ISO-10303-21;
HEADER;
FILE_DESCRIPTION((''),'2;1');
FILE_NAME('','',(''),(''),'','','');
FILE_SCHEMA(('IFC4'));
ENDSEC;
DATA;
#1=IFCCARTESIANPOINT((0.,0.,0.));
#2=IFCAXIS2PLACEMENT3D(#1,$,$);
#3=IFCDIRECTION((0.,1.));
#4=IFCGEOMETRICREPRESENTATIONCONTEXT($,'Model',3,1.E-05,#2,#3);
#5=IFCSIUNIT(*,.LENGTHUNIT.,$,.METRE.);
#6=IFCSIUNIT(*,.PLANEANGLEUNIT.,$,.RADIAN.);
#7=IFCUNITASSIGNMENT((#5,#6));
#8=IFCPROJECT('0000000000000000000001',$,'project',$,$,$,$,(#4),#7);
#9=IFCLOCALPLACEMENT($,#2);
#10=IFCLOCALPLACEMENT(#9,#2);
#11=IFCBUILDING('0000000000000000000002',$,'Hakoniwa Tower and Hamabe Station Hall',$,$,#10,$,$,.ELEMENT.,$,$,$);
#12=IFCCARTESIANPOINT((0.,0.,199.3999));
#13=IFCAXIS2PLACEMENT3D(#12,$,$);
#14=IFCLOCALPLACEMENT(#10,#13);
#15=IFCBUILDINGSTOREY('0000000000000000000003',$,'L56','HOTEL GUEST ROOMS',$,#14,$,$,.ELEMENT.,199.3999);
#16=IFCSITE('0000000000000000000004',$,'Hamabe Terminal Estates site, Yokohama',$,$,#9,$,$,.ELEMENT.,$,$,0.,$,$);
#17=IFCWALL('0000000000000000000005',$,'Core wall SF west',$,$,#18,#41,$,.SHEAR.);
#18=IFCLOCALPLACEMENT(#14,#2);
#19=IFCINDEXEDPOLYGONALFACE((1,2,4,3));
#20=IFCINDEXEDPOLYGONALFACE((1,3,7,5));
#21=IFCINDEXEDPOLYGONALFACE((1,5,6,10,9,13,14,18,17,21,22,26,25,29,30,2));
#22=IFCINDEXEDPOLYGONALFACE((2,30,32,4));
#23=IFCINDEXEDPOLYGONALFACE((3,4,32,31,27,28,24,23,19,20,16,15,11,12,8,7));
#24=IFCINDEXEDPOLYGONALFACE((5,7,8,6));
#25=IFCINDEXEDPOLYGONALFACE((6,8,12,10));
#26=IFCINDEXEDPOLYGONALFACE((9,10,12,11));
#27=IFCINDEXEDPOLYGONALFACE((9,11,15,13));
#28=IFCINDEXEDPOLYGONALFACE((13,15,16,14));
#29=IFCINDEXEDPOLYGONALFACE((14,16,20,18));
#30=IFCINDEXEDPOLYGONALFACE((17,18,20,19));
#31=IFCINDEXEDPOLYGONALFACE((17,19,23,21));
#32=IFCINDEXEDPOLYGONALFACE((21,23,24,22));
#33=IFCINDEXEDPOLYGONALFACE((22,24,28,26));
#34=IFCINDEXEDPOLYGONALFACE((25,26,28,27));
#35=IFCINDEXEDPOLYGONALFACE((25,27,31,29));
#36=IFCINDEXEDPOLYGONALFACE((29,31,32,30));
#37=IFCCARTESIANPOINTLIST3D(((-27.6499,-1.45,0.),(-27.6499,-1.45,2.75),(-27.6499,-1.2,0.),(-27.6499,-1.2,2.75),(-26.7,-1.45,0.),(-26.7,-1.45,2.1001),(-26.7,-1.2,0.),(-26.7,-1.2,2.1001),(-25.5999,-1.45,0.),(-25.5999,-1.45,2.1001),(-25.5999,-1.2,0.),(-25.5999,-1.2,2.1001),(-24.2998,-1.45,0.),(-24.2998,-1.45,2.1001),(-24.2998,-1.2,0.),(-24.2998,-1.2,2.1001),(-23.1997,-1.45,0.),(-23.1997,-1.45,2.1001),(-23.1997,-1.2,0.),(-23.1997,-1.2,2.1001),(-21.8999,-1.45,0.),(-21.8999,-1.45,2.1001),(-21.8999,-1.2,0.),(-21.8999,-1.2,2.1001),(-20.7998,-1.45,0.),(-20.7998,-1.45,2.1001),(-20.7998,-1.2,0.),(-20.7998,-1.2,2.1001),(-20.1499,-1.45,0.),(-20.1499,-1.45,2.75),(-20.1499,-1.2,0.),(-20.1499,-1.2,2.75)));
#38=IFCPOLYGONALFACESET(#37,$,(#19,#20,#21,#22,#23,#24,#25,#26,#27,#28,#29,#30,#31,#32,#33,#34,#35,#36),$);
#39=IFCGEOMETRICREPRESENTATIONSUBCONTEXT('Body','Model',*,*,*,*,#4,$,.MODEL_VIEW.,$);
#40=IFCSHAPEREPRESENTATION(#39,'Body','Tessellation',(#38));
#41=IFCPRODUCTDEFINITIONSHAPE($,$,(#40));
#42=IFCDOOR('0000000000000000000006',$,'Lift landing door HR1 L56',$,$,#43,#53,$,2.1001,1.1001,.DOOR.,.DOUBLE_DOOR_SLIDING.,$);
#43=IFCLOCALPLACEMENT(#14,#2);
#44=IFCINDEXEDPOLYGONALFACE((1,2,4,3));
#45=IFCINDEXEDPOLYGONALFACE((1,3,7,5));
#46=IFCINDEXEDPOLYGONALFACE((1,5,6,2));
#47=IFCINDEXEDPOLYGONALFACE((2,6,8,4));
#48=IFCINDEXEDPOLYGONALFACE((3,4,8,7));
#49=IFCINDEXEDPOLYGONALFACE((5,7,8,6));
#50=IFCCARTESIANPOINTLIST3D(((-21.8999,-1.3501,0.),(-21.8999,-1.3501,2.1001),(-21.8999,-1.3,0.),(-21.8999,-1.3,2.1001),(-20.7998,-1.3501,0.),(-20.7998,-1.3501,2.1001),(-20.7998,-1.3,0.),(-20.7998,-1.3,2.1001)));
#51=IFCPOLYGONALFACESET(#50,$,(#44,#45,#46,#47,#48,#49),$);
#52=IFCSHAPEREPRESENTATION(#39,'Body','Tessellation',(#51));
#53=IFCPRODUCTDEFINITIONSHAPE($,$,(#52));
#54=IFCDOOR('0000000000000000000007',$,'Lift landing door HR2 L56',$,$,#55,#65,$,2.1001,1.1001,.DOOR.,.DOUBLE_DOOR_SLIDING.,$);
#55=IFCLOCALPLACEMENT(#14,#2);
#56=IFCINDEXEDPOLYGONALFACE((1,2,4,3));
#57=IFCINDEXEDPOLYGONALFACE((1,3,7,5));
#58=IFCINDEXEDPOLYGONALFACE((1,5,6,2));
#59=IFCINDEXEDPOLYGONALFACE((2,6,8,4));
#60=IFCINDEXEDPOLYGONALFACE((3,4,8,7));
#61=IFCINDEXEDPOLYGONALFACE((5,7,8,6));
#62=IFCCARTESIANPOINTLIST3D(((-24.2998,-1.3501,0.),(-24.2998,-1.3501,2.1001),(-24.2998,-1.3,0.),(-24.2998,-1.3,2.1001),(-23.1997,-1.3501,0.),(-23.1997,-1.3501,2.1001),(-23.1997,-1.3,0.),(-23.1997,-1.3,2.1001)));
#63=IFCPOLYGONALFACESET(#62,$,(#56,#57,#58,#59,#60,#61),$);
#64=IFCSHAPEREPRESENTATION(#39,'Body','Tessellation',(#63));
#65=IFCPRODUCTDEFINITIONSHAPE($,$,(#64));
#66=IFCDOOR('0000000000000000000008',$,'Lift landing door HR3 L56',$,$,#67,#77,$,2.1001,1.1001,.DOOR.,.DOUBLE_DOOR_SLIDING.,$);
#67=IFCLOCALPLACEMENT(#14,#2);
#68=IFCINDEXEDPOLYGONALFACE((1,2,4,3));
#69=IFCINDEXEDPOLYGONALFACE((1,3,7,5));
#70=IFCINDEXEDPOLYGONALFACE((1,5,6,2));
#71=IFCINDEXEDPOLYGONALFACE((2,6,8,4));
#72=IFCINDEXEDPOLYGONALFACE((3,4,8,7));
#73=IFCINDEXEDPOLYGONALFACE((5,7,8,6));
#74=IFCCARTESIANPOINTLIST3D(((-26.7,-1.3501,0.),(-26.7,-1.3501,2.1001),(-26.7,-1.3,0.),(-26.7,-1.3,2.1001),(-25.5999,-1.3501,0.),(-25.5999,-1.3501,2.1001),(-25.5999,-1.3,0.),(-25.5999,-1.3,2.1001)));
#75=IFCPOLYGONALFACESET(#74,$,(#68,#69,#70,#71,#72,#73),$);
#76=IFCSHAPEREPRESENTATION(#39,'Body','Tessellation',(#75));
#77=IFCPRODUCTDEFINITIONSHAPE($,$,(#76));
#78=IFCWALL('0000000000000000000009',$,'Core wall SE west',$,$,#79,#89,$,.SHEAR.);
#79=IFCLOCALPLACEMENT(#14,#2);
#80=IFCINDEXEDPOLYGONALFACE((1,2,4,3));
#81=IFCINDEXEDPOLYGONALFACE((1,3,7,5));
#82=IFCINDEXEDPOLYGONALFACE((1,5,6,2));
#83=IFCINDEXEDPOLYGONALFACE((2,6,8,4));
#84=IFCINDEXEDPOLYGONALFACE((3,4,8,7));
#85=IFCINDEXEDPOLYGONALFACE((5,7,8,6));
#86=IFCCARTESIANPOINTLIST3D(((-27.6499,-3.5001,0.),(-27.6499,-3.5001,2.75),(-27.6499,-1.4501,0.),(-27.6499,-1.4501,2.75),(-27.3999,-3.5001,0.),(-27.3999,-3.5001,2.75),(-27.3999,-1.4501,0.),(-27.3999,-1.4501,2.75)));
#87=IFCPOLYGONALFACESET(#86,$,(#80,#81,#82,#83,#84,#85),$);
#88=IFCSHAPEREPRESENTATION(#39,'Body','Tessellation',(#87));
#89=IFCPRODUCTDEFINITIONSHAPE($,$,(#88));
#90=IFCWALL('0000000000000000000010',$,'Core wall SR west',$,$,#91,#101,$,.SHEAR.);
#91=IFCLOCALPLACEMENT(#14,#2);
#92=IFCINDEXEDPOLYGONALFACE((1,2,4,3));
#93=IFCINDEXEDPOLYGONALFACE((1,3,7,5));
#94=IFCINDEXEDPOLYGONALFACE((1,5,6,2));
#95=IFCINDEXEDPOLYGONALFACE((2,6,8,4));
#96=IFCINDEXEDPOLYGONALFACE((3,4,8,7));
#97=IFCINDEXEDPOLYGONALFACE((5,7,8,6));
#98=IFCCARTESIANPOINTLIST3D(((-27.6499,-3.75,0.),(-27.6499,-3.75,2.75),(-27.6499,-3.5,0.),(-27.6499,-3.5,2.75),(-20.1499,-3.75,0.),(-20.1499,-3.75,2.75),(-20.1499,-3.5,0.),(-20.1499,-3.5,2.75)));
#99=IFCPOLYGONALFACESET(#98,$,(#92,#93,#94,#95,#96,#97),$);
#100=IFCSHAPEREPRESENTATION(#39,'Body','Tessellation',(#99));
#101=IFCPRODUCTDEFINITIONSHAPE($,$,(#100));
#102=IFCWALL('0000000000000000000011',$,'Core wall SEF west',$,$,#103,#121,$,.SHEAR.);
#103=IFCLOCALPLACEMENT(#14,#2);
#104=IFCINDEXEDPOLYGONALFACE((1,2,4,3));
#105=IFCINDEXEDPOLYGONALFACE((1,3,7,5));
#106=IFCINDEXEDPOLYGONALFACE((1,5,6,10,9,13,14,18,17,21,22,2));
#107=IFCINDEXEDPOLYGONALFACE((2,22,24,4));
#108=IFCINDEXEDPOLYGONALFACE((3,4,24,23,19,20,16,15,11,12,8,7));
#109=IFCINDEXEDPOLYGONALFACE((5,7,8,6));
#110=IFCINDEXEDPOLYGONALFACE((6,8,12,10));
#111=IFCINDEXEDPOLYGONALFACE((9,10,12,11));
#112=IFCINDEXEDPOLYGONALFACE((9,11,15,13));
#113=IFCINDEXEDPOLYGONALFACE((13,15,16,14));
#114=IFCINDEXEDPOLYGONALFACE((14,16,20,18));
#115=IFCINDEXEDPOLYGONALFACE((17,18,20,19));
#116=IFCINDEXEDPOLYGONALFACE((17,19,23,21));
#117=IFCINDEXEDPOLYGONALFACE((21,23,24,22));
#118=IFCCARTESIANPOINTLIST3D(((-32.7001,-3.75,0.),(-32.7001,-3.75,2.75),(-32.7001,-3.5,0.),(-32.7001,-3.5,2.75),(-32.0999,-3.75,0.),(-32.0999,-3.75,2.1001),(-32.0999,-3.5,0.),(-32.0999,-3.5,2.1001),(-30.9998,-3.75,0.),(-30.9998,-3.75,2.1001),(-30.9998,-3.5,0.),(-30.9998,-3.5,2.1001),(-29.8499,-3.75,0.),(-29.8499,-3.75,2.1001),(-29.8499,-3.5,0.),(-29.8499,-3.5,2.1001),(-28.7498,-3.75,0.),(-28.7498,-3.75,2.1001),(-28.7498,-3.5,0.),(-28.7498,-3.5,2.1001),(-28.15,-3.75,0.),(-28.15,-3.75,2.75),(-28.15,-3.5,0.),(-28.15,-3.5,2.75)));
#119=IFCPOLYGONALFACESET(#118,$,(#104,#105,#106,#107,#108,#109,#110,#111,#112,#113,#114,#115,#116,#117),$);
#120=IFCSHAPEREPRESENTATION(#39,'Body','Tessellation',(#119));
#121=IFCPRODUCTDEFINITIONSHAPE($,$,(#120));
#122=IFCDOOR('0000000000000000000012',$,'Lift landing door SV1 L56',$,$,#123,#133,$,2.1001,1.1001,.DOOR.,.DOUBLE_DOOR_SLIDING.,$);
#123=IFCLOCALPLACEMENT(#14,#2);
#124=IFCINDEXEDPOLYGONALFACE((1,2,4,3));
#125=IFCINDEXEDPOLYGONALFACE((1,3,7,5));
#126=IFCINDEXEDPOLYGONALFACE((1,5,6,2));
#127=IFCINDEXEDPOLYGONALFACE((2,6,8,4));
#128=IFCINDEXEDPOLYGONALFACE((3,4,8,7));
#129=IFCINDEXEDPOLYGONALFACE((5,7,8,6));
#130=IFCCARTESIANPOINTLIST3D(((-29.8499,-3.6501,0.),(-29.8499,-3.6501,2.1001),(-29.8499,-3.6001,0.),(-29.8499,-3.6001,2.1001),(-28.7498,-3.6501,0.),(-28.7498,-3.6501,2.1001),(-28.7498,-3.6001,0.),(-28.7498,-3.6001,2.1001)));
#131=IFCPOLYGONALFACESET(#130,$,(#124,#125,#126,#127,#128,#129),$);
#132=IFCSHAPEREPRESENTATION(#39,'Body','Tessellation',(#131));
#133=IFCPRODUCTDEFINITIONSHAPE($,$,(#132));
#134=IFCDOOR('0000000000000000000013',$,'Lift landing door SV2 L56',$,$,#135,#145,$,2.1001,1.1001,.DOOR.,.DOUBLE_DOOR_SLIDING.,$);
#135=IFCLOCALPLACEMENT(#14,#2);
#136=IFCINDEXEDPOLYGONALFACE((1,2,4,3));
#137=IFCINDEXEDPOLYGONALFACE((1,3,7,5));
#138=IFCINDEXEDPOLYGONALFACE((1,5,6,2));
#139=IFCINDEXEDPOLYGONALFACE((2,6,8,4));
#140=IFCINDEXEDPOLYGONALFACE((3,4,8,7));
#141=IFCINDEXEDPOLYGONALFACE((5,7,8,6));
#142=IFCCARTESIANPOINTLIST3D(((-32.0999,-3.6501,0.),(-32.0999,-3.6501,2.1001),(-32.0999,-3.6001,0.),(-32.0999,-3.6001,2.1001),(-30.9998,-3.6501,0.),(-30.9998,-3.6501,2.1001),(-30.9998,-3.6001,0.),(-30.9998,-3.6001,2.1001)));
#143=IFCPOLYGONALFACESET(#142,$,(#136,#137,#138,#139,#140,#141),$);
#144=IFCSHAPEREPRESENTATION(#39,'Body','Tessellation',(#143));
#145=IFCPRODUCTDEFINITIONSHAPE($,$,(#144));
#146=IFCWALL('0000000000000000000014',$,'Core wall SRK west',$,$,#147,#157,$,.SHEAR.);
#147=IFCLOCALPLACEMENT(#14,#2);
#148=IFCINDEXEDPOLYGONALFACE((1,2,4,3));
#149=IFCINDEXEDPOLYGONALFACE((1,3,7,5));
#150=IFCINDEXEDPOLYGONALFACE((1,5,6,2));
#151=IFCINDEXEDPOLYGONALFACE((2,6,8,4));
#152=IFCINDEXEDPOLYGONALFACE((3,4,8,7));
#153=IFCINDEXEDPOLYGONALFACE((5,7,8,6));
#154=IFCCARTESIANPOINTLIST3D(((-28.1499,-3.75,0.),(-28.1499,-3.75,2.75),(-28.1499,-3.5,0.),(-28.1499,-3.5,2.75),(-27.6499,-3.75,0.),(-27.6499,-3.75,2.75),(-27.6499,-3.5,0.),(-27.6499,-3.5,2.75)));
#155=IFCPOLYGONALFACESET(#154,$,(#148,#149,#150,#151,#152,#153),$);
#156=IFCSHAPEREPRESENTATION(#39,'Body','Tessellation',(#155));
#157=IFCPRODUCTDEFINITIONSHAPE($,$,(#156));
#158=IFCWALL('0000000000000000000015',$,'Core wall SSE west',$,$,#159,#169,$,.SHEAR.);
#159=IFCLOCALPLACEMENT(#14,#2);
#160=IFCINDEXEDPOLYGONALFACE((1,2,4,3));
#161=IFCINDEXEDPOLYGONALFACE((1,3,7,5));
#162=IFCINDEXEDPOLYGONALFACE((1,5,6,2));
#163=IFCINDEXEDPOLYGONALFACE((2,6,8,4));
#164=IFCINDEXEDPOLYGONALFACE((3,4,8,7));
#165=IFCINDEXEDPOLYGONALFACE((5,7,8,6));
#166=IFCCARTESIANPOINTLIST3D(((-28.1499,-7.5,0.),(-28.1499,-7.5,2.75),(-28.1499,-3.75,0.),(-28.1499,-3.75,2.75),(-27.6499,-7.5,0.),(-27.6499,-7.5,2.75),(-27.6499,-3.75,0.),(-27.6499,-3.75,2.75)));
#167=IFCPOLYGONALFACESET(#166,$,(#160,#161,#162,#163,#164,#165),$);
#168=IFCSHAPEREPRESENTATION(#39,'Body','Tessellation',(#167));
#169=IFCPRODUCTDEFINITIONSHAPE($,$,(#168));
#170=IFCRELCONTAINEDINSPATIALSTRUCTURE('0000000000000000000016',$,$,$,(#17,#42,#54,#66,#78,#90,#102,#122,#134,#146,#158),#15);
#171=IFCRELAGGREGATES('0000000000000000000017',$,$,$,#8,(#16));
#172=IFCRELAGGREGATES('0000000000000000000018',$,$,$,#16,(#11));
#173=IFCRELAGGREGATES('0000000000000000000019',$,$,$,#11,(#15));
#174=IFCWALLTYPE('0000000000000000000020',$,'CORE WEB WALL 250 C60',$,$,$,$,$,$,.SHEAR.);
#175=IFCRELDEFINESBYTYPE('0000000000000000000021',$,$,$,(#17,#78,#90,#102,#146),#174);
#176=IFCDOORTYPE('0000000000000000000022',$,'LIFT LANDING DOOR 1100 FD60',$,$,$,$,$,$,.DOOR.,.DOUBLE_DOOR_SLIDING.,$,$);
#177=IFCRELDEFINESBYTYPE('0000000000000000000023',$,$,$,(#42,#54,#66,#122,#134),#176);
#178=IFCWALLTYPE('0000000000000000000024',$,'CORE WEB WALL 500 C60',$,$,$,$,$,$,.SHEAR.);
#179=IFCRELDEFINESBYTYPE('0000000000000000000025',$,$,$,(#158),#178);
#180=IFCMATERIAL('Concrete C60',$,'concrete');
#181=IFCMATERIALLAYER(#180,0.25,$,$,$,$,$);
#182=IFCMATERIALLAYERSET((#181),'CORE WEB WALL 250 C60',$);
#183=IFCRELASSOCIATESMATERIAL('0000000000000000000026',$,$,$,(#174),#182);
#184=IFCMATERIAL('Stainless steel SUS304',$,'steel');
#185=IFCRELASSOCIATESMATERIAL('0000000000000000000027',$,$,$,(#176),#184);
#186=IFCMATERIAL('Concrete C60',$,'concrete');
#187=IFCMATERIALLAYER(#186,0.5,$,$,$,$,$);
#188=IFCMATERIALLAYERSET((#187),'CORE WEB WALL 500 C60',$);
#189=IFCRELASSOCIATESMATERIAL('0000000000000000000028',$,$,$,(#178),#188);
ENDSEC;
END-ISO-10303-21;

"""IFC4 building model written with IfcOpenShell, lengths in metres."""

from ifc_helpers import new_model, si_unit, direction, frame, frame_2d, origin, place, context, subcontext, project, spatial, rectangle, extrude, material, layer, layer_set, type_object, element, fill, save


model = new_model("IFC4")

# Units and contexts
model_context = context("Model", 3, precision=1e-05, world=origin(), true_north=direction((0.0, 1.0)))
body_context = subcontext(model_context, "Body", "Model", "MODEL_VIEW")
ifc_project = project(units=[si_unit("LENGTHUNIT", "METRE"), si_unit("PLANEANGLEUNIT", "RADIAN")], contexts=[model_context])

# Site, building, storey
site_placement = place(None, origin())
site = spatial("IfcSite", under=ifc_project, at=site_placement, Name="Hamabe Terminal Estates site, Yokohama", CompositionType="ELEMENT", RefElevation=0.0)
building_placement = place(site_placement, origin())
building = spatial("IfcBuilding", under=site, at=building_placement, Name="Hakoniwa Tower and Hamabe Station Hall", CompositionType="ELEMENT")
storey_placement = place(building_placement, frame((0.0, 0.0, 199.3999)))
storey = spatial("IfcBuildingStorey", under=building, at=storey_placement, Name="L56", Description="HOTEL GUEST ROOMS", CompositionType="ELEMENT", Elevation=199.3999)

# Wall, openings, doors
ifc_material_1 = material(Name="Concrete C60", Category="concrete")
ifc_layer_1 = layer(ifc_material_1, 0.25)
ifc_layer_set_1 = layer_set([ifc_layer_1], Name="CORE WEB WALL 250 C60")
wall_type_1 = type_object("IfcWallType", Name="CORE WEB WALL 250 C60", PredefinedType="SHEAR", material=ifc_layer_set_1)
wall_1_placement = place(storey_placement, frame((-27.6499, -1.325, 0.0), z_axis=(0.0, 0.0, 1.0), x_axis=(1.0, 0.0, 0.0)))
wall_1 = element("IfcWall", 1, at=wall_1_placement, inside=storey, type_object=wall_type_1, Name="Core wall SF west", PredefinedType="SHEAR", context=body_context, shape_type="SweptSolid", body=[
    extrude(rectangle(XDim=7.5, YDim=0.25, at=frame_2d((3.75, 0.0))), origin(), (0.0, 0.0, 1.0), 2.75),
])
opening_1_placement = place(wall_1_placement, frame((5.75, 0.0, 0.0)))
opening_1 = element("IfcOpeningElement", 2, at=opening_1_placement, cuts=wall_1, PredefinedType="OPENING", context=body_context, shape_type="SweptSolid", body=[
    extrude(rectangle(XDim=1.1001, YDim=2.1001, at=frame_2d((0.55, 1.05))), frame((0.0, 0.135, 0.0), z_axis=(0.0, -1.0, 0.0), x_axis=(1.0, 0.0, 0.0)), (0.0, 0.0, 1.0), 0.27),
])
opening_2_placement = place(wall_1_placement, frame((3.3501, 0.0, 0.0)))
opening_2 = element("IfcOpeningElement", 3, at=opening_2_placement, cuts=wall_1, PredefinedType="OPENING", context=body_context, shape_type="SweptSolid", body=[
    extrude(rectangle(XDim=1.1001, YDim=2.1001, at=frame_2d((0.55, 1.05))), frame((0.0, 0.135, 0.0), z_axis=(0.0, -1.0, 0.0), x_axis=(1.0, 0.0, 0.0)), (0.0, 0.0, 1.0), 0.27),
])
opening_3_placement = place(wall_1_placement, frame((0.95, 0.0, 0.0)))
opening_3 = element("IfcOpeningElement", 4, at=opening_3_placement, cuts=wall_1, PredefinedType="OPENING", context=body_context, shape_type="SweptSolid", body=[
    extrude(rectangle(XDim=1.1001, YDim=2.1001, at=frame_2d((0.55, 1.05))), frame((0.0, 0.135, 0.0), z_axis=(0.0, -1.0, 0.0), x_axis=(1.0, 0.0, 0.0)), (0.0, 0.0, 1.0), 0.27),
])
ifc_material_2 = material(Name="Stainless steel SUS304", Category="steel")
door_type_1 = type_object("IfcDoorType", Name="LIFT LANDING DOOR 1100 FD60", OperationType="DOUBLE_DOOR_SLIDING", PredefinedType="DOOR", material=ifc_material_2)
door_1_placement = place(opening_1_placement, origin())
door_1 = element("IfcDoor", 5, at=door_1_placement, inside=storey, type_object=door_type_1, Name="Lift landing door HR1 L56", OperationType="DOUBLE_DOOR_SLIDING", OverallHeight=2.1001, OverallWidth=1.1001, PredefinedType="DOOR", context=body_context, shape_type="SweptSolid", body=[
    extrude(rectangle(XDim=1.1001, YDim=2.1001, at=frame_2d((0.55, 1.05))), frame((0.0, 0.0249, 0.0), z_axis=(0.0, -1.0, 0.0), x_axis=(1.0, 0.0, 0.0)), (0.0, 0.0, 1.0), 0.05),
])
fill(opening_1, door_1)
door_2_placement = place(opening_2_placement, origin())
door_2 = element("IfcDoor", 6, at=door_2_placement, inside=storey, type_object=door_type_1, Name="Lift landing door HR2 L56", OperationType="DOUBLE_DOOR_SLIDING", OverallHeight=2.1001, OverallWidth=1.1001, PredefinedType="DOOR", context=body_context, shape_type="SweptSolid", body=[
    extrude(rectangle(XDim=1.1001, YDim=2.1001, at=frame_2d((0.55, 1.05))), frame((0.0, 0.0249, 0.0), z_axis=(0.0, -1.0, 0.0), x_axis=(1.0, 0.0, 0.0)), (0.0, 0.0, 1.0), 0.05),
])
fill(opening_2, door_2)
door_3_placement = place(opening_3_placement, origin())
door_3 = element("IfcDoor", 7, at=door_3_placement, inside=storey, type_object=door_type_1, Name="Lift landing door HR3 L56", OperationType="DOUBLE_DOOR_SLIDING", OverallHeight=2.1001, OverallWidth=1.1001, PredefinedType="DOOR", context=body_context, shape_type="SweptSolid", body=[
    extrude(rectangle(XDim=1.1001, YDim=2.1001, at=frame_2d((0.55, 1.05))), frame((0.0, 0.0249, 0.0), z_axis=(0.0, -1.0, 0.0), x_axis=(1.0, 0.0, 0.0)), (0.0, 0.0, 1.0), 0.05),
])
fill(opening_3, door_3)

# Walls
wall_2_placement = place(storey_placement, frame((-27.5249, -3.5, 0.0), z_axis=(0.0, 0.0, 1.0), x_axis=(0.0, 1.0, 0.0)))
element("IfcWall", 8, at=wall_2_placement, inside=storey, type_object=wall_type_1, Name="Core wall SE west", PredefinedType="SHEAR", context=body_context, shape_type="SweptSolid", body=[
    extrude(rectangle(XDim=2.05, YDim=0.25, at=frame_2d((1.0249, 0.0))), origin(), (0.0, 0.0, 1.0), 2.75),
])
wall_3_placement = place(storey_placement, frame((-27.6499, -3.625, 0.0), z_axis=(0.0, 0.0, 1.0), x_axis=(1.0, 0.0, 0.0)))
element("IfcWall", 9, at=wall_3_placement, inside=storey, type_object=wall_type_1, Name="Core wall SR west", PredefinedType="SHEAR", context=body_context, shape_type="SweptSolid", body=[
    extrude(rectangle(XDim=7.5, YDim=0.25, at=frame_2d((3.75, 0.0))), origin(), (0.0, 0.0, 1.0), 2.75),
])

# Wall, openings, doors
wall_4_placement = place(storey_placement, frame((-32.7, -3.625, 0.0), z_axis=(0.0, 0.0, 1.0), x_axis=(1.0, 0.0, 0.0)))
wall_4 = element("IfcWall", 10, at=wall_4_placement, inside=storey, type_object=wall_type_1, Name="Core wall SEF west", PredefinedType="SHEAR", context=body_context, shape_type="SweptSolid", body=[
    extrude(rectangle(XDim=4.55, YDim=0.25, at=frame_2d((2.2749, 0.0))), origin(), (0.0, 0.0, 1.0), 2.75),
])
opening_4_placement = place(wall_4_placement, frame((2.8501, 0.0, 0.0)))
opening_4 = element("IfcOpeningElement", 11, at=opening_4_placement, cuts=wall_4, PredefinedType="OPENING", context=body_context, shape_type="SweptSolid", body=[
    extrude(rectangle(XDim=1.1001, YDim=2.1001, at=frame_2d((0.55, 1.05))), frame((0.0, 0.135, 0.0), z_axis=(0.0, -1.0, 0.0), x_axis=(1.0, 0.0, 0.0)), (0.0, 0.0, 1.0), 0.27),
])
opening_5_placement = place(wall_4_placement, frame((0.6001, 0.0, 0.0)))
opening_5 = element("IfcOpeningElement", 12, at=opening_5_placement, cuts=wall_4, PredefinedType="OPENING", context=body_context, shape_type="SweptSolid", body=[
    extrude(rectangle(XDim=1.1001, YDim=2.1001, at=frame_2d((0.55, 1.05))), frame((0.0, 0.135, 0.0), z_axis=(0.0, -1.0, 0.0), x_axis=(1.0, 0.0, 0.0)), (0.0, 0.0, 1.0), 0.27),
])
door_4_placement = place(opening_4_placement, origin())
door_4 = element("IfcDoor", 13, at=door_4_placement, inside=storey, type_object=door_type_1, Name="Lift landing door SV1 L56", OperationType="DOUBLE_DOOR_SLIDING", OverallHeight=2.1001, OverallWidth=1.1001, PredefinedType="DOOR", context=body_context, shape_type="SweptSolid", body=[
    extrude(rectangle(XDim=1.1001, YDim=2.1001, at=frame_2d((0.55, 1.05))), frame((0.0, 0.0249, 0.0), z_axis=(0.0, -1.0, 0.0), x_axis=(1.0, 0.0, 0.0)), (0.0, 0.0, 1.0), 0.05),
])
fill(opening_4, door_4)
door_5_placement = place(opening_5_placement, origin())
door_5 = element("IfcDoor", 14, at=door_5_placement, inside=storey, type_object=door_type_1, Name="Lift landing door SV2 L56", OperationType="DOUBLE_DOOR_SLIDING", OverallHeight=2.1001, OverallWidth=1.1001, PredefinedType="DOOR", context=body_context, shape_type="SweptSolid", body=[
    extrude(rectangle(XDim=1.1001, YDim=2.1001, at=frame_2d((0.55, 1.05))), frame((0.0, 0.0249, 0.0), z_axis=(0.0, -1.0, 0.0), x_axis=(1.0, 0.0, 0.0)), (0.0, 0.0, 1.0), 0.05),
])
fill(opening_5, door_5)

# Walls
wall_5_placement = place(storey_placement, frame((-28.1499, -3.625, 0.0), z_axis=(0.0, 0.0, 1.0), x_axis=(1.0, 0.0, 0.0)))
element("IfcWall", 15, at=wall_5_placement, inside=storey, type_object=wall_type_1, Name="Core wall SRK west", PredefinedType="SHEAR", context=body_context, shape_type="SweptSolid", body=[
    extrude(rectangle(XDim=0.5, YDim=0.25, at=frame_2d((0.25, 0.0))), origin(), (0.0, 0.0, 1.0), 2.75),
])
ifc_material_3 = material(Name="Concrete C60", Category="concrete")
ifc_layer_2 = layer(ifc_material_3, 0.5)
ifc_layer_set_2 = layer_set([ifc_layer_2], Name="CORE WEB WALL 500 C60")
wall_type_2 = type_object("IfcWallType", Name="CORE WEB WALL 500 C60", PredefinedType="SHEAR", material=ifc_layer_set_2)
wall_6_placement = place(storey_placement, frame((-27.8999, -7.5, 0.0), z_axis=(0.0, 0.0, 1.0), x_axis=(0.0, 1.0, 0.0)))
element("IfcWall", 16, at=wall_6_placement, inside=storey, type_object=wall_type_2, Name="Core wall SSE west", PredefinedType="SHEAR", context=body_context, shape_type="SweptSolid", body=[
    extrude(rectangle(XDim=3.75, YDim=0.5, at=frame_2d((1.875, 0.0))), origin(), (0.0, 0.0, 1.0), 2.75),
])

save(model, "model.ifc")
